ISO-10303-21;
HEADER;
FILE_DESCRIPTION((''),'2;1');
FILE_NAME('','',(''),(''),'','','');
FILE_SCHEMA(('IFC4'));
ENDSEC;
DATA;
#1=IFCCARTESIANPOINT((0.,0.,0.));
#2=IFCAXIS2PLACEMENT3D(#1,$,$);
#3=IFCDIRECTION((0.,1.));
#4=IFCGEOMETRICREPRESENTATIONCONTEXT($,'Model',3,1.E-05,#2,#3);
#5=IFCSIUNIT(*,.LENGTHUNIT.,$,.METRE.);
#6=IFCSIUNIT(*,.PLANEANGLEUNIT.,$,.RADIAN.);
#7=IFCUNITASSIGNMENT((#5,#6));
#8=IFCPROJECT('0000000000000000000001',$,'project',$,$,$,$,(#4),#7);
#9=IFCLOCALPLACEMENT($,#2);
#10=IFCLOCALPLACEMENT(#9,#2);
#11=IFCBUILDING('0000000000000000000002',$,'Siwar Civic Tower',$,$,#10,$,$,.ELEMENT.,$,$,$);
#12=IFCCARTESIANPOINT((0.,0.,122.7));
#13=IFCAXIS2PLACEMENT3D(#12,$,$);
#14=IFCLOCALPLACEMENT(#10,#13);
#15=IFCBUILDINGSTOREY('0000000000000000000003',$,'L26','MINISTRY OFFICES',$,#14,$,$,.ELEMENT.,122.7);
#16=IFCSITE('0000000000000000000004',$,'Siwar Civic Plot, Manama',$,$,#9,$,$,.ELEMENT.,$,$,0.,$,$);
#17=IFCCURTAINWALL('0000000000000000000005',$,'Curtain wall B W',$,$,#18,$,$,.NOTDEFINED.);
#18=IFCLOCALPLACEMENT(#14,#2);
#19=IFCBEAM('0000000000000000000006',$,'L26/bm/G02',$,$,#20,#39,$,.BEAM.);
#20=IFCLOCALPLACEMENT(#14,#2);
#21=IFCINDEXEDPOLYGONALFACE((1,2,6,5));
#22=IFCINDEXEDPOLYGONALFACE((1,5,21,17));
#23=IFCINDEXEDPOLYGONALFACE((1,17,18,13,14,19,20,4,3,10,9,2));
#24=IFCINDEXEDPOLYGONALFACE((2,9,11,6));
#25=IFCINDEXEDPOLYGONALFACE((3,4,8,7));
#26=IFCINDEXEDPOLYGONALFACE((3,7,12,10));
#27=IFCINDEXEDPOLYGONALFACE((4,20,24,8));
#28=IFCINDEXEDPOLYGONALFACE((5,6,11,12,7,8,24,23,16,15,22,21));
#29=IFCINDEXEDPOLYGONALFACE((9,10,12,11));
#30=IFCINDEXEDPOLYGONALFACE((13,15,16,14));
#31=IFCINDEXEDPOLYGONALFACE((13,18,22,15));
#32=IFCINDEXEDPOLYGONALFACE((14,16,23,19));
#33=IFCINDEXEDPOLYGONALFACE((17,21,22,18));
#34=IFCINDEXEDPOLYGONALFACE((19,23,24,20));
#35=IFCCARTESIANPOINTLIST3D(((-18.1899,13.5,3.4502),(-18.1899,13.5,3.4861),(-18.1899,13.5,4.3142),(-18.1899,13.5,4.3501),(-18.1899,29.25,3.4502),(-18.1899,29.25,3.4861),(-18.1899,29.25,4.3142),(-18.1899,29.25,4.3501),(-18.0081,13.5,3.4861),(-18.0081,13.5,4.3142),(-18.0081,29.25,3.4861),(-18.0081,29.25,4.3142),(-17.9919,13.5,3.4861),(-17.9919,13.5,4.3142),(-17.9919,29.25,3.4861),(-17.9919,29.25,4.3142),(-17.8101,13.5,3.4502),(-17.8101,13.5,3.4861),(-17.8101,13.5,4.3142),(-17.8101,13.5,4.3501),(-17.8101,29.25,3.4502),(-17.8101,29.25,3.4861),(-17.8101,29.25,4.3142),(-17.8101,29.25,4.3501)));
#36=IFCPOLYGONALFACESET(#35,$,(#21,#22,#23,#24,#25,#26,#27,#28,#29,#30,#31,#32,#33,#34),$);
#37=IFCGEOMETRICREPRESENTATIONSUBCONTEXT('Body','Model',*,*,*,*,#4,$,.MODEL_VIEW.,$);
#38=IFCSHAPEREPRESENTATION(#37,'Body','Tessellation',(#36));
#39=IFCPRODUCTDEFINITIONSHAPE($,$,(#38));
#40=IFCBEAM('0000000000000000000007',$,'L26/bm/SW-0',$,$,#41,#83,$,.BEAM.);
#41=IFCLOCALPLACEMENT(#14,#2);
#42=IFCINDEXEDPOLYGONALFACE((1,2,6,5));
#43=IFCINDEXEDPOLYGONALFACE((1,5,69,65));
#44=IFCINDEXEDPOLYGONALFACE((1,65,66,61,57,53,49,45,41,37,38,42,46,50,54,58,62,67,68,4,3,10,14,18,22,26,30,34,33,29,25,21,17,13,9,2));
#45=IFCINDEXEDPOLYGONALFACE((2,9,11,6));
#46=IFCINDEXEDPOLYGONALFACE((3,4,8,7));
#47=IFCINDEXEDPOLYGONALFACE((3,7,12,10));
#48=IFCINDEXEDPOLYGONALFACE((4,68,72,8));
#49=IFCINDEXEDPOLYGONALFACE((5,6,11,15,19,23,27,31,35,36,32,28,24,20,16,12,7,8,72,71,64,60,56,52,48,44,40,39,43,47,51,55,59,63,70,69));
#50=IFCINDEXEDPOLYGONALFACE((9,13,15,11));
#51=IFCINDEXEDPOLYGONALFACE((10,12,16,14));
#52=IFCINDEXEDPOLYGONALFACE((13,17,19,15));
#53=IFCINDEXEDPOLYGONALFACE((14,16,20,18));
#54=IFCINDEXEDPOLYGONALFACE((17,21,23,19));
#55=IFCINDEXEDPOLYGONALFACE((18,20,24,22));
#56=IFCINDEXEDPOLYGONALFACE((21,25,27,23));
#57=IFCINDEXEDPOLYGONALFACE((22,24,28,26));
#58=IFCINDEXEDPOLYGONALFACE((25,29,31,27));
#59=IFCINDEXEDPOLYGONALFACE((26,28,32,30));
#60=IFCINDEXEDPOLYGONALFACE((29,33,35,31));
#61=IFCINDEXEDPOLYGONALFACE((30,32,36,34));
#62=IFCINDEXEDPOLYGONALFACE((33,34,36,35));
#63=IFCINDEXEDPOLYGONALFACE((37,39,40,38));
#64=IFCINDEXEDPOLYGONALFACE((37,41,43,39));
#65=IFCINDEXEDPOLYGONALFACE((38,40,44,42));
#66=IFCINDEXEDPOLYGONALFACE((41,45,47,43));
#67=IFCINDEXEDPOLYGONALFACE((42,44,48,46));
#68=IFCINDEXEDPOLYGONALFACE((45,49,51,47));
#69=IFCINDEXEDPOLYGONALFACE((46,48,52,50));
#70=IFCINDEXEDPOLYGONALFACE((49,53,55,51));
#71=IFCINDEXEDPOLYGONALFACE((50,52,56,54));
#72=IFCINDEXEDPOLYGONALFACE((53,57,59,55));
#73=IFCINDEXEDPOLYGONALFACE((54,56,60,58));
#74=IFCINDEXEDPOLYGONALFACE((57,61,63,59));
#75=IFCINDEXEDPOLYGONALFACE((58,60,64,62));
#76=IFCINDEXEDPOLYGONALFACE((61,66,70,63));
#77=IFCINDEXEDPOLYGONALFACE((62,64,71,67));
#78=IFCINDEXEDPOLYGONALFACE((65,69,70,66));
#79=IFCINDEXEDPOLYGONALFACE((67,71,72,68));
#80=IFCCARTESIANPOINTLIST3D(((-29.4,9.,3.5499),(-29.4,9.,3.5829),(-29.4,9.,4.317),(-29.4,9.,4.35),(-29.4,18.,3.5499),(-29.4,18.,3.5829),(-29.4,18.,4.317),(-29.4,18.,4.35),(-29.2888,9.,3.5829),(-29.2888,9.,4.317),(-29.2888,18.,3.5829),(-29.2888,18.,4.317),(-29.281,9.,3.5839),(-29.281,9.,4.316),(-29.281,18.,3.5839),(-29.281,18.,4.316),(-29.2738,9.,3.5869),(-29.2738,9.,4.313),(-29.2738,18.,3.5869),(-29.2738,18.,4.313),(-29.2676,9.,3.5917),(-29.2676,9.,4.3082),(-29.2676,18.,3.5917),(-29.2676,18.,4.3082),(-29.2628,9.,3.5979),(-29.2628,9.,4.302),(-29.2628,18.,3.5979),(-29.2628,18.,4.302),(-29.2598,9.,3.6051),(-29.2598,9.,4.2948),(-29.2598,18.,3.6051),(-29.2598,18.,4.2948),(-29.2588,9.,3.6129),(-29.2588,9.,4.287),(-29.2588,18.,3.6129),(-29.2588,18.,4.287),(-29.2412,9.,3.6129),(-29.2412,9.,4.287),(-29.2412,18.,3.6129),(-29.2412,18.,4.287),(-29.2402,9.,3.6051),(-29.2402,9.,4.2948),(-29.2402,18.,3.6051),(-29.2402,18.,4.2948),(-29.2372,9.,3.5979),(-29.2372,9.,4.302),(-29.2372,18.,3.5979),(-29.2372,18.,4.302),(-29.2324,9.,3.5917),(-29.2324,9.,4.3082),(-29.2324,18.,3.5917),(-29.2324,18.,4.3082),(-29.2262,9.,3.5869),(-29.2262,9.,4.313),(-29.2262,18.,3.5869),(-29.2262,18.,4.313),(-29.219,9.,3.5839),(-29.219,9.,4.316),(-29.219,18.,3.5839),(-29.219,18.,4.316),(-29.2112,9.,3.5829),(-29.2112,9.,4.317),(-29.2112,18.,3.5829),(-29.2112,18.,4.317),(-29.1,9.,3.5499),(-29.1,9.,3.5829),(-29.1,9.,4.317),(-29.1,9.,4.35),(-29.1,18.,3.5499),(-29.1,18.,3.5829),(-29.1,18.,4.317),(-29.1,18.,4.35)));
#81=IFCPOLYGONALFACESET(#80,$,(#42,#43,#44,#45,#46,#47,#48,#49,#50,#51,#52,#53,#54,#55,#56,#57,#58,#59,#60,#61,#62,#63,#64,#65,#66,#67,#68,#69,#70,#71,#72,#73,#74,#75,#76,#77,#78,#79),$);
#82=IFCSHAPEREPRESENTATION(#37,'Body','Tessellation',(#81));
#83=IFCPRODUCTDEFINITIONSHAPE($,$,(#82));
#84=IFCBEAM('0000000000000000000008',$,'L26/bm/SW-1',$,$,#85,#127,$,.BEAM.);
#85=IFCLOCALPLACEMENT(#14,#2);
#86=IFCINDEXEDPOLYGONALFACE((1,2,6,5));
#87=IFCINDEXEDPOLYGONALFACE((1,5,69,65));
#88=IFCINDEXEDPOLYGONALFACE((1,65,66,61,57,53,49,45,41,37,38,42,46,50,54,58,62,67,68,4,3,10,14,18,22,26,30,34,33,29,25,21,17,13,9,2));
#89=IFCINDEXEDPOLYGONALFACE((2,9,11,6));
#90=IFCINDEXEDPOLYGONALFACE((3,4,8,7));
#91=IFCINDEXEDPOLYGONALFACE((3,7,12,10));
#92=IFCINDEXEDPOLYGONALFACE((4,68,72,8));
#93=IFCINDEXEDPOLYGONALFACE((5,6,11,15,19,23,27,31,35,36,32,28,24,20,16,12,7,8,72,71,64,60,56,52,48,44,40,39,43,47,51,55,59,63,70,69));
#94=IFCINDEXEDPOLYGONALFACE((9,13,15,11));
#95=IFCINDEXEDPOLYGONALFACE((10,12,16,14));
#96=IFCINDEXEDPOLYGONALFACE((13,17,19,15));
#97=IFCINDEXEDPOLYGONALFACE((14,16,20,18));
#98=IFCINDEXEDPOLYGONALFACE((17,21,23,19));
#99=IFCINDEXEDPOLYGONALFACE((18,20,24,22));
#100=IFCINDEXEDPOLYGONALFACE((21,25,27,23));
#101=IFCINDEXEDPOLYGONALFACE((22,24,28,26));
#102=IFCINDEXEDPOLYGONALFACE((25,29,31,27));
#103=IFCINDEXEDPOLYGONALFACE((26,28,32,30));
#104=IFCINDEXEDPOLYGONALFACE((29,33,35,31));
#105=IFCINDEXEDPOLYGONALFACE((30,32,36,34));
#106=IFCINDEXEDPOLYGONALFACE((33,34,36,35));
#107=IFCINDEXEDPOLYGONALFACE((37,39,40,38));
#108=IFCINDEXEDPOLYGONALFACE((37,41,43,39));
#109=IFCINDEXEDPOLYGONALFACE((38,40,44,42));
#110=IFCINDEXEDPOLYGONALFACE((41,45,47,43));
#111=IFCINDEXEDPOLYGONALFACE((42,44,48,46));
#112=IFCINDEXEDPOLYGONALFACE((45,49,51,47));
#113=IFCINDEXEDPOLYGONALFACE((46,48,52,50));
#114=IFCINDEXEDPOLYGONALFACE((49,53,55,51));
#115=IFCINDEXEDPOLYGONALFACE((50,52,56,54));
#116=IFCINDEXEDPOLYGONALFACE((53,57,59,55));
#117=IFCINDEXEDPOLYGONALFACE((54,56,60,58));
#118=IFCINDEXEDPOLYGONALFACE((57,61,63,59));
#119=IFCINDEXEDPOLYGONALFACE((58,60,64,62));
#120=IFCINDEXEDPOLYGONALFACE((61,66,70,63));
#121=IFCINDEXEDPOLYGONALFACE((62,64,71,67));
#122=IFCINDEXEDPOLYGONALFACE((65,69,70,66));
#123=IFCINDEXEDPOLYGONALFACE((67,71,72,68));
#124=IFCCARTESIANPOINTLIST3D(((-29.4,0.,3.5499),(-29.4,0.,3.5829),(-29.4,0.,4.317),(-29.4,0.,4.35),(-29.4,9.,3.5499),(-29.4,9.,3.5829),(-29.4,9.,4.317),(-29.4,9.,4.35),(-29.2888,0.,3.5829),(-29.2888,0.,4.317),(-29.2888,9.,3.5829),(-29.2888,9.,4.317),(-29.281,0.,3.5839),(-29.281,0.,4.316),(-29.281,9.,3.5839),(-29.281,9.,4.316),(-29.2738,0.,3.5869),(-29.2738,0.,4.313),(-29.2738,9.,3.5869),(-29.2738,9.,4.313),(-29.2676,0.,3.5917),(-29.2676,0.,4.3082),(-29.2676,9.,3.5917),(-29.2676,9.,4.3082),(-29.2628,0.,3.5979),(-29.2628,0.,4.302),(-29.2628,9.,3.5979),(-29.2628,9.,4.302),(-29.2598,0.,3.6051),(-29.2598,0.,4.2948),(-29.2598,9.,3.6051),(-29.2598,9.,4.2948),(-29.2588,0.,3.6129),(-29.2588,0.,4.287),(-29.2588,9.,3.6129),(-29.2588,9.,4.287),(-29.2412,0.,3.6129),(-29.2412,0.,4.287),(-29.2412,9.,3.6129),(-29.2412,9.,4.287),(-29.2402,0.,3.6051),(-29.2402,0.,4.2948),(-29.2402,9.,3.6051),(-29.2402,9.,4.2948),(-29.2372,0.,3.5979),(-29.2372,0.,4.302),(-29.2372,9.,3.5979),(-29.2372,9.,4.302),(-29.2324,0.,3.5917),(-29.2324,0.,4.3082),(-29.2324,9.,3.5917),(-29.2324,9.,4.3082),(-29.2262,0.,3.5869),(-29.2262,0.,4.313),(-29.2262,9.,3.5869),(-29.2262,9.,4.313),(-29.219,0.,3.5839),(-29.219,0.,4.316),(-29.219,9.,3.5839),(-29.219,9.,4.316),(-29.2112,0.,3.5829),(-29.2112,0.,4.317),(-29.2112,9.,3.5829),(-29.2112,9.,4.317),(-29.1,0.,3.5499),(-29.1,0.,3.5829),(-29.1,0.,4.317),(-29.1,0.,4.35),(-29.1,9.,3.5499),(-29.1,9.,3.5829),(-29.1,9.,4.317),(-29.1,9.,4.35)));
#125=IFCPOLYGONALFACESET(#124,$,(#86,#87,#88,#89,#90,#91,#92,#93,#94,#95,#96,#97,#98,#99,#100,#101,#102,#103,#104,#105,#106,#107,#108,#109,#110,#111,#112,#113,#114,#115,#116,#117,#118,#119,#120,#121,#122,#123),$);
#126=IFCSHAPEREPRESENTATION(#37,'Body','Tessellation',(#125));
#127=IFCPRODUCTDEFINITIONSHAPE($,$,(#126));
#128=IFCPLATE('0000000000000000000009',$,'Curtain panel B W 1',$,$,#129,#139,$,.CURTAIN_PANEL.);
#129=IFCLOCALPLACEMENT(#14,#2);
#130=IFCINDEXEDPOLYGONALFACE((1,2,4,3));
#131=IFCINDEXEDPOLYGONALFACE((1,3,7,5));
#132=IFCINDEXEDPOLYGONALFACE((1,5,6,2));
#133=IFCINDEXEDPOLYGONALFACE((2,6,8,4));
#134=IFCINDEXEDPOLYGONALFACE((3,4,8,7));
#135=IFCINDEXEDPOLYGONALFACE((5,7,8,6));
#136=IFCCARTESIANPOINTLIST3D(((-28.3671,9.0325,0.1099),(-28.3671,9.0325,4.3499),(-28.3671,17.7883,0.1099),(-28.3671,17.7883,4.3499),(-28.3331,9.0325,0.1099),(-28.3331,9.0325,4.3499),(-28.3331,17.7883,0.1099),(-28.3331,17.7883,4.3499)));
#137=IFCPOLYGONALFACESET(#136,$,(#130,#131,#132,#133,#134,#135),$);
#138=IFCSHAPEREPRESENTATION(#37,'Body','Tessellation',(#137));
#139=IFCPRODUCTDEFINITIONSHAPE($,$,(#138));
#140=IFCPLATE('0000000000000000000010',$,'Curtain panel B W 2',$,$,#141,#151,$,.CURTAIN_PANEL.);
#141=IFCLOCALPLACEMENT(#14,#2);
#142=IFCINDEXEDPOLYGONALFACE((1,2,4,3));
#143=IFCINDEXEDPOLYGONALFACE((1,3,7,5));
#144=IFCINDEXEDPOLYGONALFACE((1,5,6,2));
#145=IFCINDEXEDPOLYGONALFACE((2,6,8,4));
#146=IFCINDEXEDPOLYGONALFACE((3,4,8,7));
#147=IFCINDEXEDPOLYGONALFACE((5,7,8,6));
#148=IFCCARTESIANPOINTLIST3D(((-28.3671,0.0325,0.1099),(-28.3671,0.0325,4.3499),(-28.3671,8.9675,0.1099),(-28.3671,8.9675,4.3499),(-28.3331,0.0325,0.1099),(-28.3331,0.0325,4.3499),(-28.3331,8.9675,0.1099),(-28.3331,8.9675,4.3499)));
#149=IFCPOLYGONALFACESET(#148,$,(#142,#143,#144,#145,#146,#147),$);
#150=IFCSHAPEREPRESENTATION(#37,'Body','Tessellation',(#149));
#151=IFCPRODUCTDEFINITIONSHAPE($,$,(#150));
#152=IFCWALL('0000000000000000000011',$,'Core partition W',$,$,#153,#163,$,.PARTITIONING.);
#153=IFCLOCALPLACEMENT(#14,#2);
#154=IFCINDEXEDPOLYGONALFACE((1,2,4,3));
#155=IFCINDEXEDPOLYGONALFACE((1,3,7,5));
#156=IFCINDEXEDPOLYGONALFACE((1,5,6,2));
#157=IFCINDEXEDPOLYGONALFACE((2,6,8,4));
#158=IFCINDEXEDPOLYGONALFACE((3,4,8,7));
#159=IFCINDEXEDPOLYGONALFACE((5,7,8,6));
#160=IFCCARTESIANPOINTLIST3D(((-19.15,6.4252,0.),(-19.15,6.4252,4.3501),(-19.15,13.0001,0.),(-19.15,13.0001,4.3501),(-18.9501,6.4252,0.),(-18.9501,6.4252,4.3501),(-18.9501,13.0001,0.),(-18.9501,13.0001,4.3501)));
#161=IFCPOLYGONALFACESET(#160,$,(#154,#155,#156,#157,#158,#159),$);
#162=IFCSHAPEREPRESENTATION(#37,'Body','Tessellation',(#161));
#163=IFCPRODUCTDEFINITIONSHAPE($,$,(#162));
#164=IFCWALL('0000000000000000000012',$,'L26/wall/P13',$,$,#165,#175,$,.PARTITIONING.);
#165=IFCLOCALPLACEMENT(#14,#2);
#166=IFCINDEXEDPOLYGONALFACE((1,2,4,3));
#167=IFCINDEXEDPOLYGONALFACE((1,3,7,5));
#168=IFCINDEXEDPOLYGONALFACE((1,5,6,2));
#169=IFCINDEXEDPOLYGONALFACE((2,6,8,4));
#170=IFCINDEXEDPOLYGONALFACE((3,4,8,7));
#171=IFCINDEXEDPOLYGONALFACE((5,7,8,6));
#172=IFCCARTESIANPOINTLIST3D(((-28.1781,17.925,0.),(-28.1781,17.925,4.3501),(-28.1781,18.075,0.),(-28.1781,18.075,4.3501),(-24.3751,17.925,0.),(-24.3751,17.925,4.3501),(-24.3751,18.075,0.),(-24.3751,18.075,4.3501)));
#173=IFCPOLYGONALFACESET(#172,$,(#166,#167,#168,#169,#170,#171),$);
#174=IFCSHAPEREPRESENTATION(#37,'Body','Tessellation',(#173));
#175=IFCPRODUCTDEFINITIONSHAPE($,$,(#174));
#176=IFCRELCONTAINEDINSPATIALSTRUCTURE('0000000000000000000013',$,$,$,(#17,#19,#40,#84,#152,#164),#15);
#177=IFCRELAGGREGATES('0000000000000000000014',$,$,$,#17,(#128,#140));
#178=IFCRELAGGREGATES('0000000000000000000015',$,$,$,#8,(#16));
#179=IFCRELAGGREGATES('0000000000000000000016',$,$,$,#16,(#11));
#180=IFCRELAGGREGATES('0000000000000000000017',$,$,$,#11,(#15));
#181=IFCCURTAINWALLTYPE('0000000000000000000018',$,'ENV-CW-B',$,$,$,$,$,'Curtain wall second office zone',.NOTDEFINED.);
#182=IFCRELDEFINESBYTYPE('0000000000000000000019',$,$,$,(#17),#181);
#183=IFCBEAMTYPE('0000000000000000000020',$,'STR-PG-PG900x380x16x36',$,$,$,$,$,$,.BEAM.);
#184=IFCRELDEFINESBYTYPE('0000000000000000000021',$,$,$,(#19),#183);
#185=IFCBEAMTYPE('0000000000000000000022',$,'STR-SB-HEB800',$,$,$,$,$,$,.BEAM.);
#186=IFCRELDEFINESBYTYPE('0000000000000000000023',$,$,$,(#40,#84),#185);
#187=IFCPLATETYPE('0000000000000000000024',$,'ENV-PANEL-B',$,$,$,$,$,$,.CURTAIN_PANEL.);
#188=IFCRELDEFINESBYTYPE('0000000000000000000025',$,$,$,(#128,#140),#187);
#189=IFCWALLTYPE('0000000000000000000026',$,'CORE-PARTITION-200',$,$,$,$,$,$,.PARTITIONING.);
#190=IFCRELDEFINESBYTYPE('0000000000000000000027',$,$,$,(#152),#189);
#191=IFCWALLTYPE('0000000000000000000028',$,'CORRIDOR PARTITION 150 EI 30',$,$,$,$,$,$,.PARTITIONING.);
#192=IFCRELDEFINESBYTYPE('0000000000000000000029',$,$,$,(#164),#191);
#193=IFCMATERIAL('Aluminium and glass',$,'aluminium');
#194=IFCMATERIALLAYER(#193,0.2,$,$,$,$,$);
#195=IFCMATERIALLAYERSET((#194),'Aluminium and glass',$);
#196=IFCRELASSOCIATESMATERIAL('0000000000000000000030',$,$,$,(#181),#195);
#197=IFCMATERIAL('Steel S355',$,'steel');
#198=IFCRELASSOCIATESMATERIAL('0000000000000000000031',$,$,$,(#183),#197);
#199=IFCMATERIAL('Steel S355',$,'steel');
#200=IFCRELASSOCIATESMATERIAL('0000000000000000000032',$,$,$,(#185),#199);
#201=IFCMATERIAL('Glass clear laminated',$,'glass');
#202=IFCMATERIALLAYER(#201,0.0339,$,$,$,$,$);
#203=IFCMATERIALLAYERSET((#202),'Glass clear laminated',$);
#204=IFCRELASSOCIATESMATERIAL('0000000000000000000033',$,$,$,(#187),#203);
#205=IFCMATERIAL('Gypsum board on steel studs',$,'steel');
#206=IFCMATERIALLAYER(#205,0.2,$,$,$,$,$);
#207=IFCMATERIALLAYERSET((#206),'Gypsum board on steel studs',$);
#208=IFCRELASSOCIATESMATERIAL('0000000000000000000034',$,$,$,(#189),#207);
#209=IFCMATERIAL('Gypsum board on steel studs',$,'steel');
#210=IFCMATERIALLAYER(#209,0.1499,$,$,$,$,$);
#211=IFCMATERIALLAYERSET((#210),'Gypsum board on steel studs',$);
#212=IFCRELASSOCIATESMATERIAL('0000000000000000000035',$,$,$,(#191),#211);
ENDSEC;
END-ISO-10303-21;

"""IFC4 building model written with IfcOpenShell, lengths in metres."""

from ifc_helpers import new_model, si_unit, direction, frame, frame_2d, origin, origin_2d, place, context, subcontext, project, spatial, rectangle, i_section, extrude, material, layer, layer_set, material_profile, profile_set, type_object, element, aggregate, save


model = new_model("IFC4")

# Units and contexts
model_context = context("Model", 3, precision=1e-05, world=origin(), true_north=direction((0.0, 1.0)))
body_context = subcontext(model_context, "Body", "Model", "MODEL_VIEW")
ifc_project = project(units=[si_unit("LENGTHUNIT", "METRE"), si_unit("PLANEANGLEUNIT", "RADIAN")], contexts=[model_context])

# Site, building, storey
site_placement = place(None, origin())
site = spatial("IfcSite", under=ifc_project, at=site_placement, Name="Siwar Civic Plot, Manama", CompositionType="ELEMENT", RefElevation=0.0)
building_placement = place(site_placement, origin())
building = spatial("IfcBuilding", under=site, at=building_placement, Name="Siwar Civic Tower", CompositionType="ELEMENT")
storey_placement = place(building_placement, frame((0.0, 0.0, 122.7)))
storey = spatial("IfcBuildingStorey", under=building, at=storey_placement, Name="L26", Description="MINISTRY OFFICES", CompositionType="ELEMENT", Elevation=122.7)

# Curtain wall
ifc_material_1 = material(Name="Aluminium and glass", Category="aluminium")
ifc_layer_1 = layer(ifc_material_1, 0.2)
ifc_layer_set_1 = layer_set([ifc_layer_1], Name="Aluminium and glass")
curtain_wall_type = type_object("IfcCurtainWallType", Name="ENV-CW-B", ElementType="Curtain wall second office zone", PredefinedType="NOTDEFINED", material=ifc_layer_set_1)
curtain_wall_placement = place(storey_placement, origin())
curtain_wall = element("IfcCurtainWall", 1, at=curtain_wall_placement, inside=storey, type_object=curtain_wall_type, Name="Curtain wall B W", PredefinedType="NOTDEFINED")

# Beams
ifc_material_2 = material(Name="Steel S355", Category="steel")
ifc_material_profile_1 = material_profile(ifc_material_2, i_section(OverallWidth=0.3799, OverallDepth=0.8999, WebThickness=0.0161, FlangeThickness=0.0359, at=origin_2d()), Name="PG900x380x16x36")
ifc_profile_set_1 = profile_set([ifc_material_profile_1], Name="Steel S355")
beam_type_1 = type_object("IfcBeamType", Name="STR-PG-PG900x380x16x36", PredefinedType="BEAM", material=ifc_profile_set_1)
beam_1_placement = place(storey_placement, frame((-18.0, 13.5, 3.9001), z_axis=(0.0, 1.0, 0.0), x_axis=(-1.0, 0.0, 0.0)))
element("IfcBeam", 2, at=beam_1_placement, inside=storey, type_object=beam_type_1, Name="L26/bm/G02", PredefinedType="BEAM", context=body_context, shape_type="SweptSolid", body=[
    extrude(i_section(OverallWidth=0.3799, OverallDepth=0.8999, WebThickness=0.0161, FlangeThickness=0.0359, at=origin_2d()), origin(), (0.0, 0.0, 1.0), 15.75),
])
ifc_material_3 = material(Name="Steel S355", Category="steel")
ifc_material_profile_2 = material_profile(ifc_material_3, i_section(OverallWidth=0.3, OverallDepth=0.8, WebThickness=0.0176, FlangeThickness=0.033, FilletRadius=0.03, at=origin_2d()), Name="HEB800")
ifc_profile_set_2 = profile_set([ifc_material_profile_2], Name="Steel S355")
beam_type_2 = type_object("IfcBeamType", Name="STR-SB-HEB800", PredefinedType="BEAM", material=ifc_profile_set_2)
for number, where, z_axis, x_axis, name in (
    (3, (-29.25, 18.0, 3.95), (0.0, -1.0, 0.0), (1.0, 0.0, 0.0), "L26/bm/SW-0"),
    (4, (-29.25, 9.0, 3.95), (0.0, -1.0, 0.0), (1.0, 0.0, 0.0), "L26/bm/SW-1"),
):
    element("IfcBeam", number, at=place(storey_placement, frame(where, z_axis=z_axis, x_axis=x_axis)), inside=storey, type_object=beam_type_2, Name=name, PredefinedType="BEAM", context=body_context, shape_type="SweptSolid", body=[
        extrude(i_section(OverallWidth=0.3, OverallDepth=0.8, WebThickness=0.0176, FlangeThickness=0.033, FilletRadius=0.03, at=origin_2d()), origin(), (0.0, 0.0, 1.0), 9.0),
    ])

# Plates
ifc_material_4 = material(Name="Glass clear laminated", Category="glass")
ifc_layer_2 = layer(ifc_material_4, 0.0339)
ifc_layer_set_2 = layer_set([ifc_layer_2], Name="Glass clear laminated")
plate_type = type_object("IfcPlateType", Name="ENV-PANEL-B", PredefinedType="CURTAIN_PANEL", material=ifc_layer_set_2)
plate_1_placement = place(storey_placement, frame((-28.3501, 13.4104, 0.1099), z_axis=(0.0, 0.0, 1.0), x_axis=(0.0, -1.0, 0.0)))
plate_1 = element("IfcPlate", 5, at=plate_1_placement, type_object=plate_type, Name="Curtain panel B W 1", PredefinedType="CURTAIN_PANEL", context=body_context, shape_type="SweptSolid", body=[
    extrude(rectangle(XDim=8.7559, YDim=0.0339, at=origin_2d()), origin(), (0.0, 0.0, 1.0), 4.24),
])
plate_2_placement = place(storey_placement, frame((-28.3501, 4.5, 0.1099), z_axis=(0.0, 0.0, 1.0), x_axis=(0.0, -1.0, 0.0)))
plate_2 = element("IfcPlate", 6, at=plate_2_placement, type_object=plate_type, Name="Curtain panel B W 2", PredefinedType="CURTAIN_PANEL", context=body_context, shape_type="SweptSolid", body=[
    extrude(rectangle(XDim=8.9351, YDim=0.0339, at=origin_2d()), origin(), (0.0, 0.0, 1.0), 4.24),
])
aggregate(curtain_wall, [plate_1, plate_2])

# Walls
ifc_material_5 = material(Name="Gypsum board on steel studs", Category="steel")
ifc_layer_3 = layer(ifc_material_5, 0.2)
ifc_layer_set_3 = layer_set([ifc_layer_3], Name="Gypsum board on steel studs")
wall_type_1 = type_object("IfcWallType", Name="CORE-PARTITION-200", PredefinedType="PARTITIONING", material=ifc_layer_set_3)
wall_1_placement = place(storey_placement, frame((-19.05, 6.425, 0.0), z_axis=(0.0, 0.0, 1.0), x_axis=(0.0, 1.0, 0.0)))
element("IfcWall", 7, at=wall_1_placement, inside=storey, type_object=wall_type_1, Name="Core partition W", PredefinedType="PARTITIONING", context=body_context, shape_type="SweptSolid", body=[
    extrude(rectangle(XDim=6.575, YDim=0.2, at=frame_2d((3.2876, 0.0))), origin(), (0.0, 0.0, 1.0), 4.3501),
])
ifc_material_6 = material(Name="Gypsum board on steel studs", Category="steel")
ifc_layer_4 = layer(ifc_material_6, 0.1499)
ifc_layer_set_4 = layer_set([ifc_layer_4], Name="Gypsum board on steel studs")
wall_type_2 = type_object("IfcWallType", Name="CORRIDOR PARTITION 150 EI 30", PredefinedType="PARTITIONING", material=ifc_layer_set_4)
wall_2_placement = place(storey_placement, frame((-28.178, 18.0, 0.0), z_axis=(0.0, 0.0, 1.0), x_axis=(1.0, 0.0, 0.0)))
element("IfcWall", 8, at=wall_2_placement, inside=storey, type_object=wall_type_2, Name="L26/wall/P13", PredefinedType="PARTITIONING", context=body_context, shape_type="SweptSolid", body=[
    extrude(rectangle(XDim=3.803, YDim=0.1499, at=frame_2d((1.9014, 0.0))), origin(), (0.0, 0.0, 1.0), 4.3501),
])

save(model, "model.ifc")
